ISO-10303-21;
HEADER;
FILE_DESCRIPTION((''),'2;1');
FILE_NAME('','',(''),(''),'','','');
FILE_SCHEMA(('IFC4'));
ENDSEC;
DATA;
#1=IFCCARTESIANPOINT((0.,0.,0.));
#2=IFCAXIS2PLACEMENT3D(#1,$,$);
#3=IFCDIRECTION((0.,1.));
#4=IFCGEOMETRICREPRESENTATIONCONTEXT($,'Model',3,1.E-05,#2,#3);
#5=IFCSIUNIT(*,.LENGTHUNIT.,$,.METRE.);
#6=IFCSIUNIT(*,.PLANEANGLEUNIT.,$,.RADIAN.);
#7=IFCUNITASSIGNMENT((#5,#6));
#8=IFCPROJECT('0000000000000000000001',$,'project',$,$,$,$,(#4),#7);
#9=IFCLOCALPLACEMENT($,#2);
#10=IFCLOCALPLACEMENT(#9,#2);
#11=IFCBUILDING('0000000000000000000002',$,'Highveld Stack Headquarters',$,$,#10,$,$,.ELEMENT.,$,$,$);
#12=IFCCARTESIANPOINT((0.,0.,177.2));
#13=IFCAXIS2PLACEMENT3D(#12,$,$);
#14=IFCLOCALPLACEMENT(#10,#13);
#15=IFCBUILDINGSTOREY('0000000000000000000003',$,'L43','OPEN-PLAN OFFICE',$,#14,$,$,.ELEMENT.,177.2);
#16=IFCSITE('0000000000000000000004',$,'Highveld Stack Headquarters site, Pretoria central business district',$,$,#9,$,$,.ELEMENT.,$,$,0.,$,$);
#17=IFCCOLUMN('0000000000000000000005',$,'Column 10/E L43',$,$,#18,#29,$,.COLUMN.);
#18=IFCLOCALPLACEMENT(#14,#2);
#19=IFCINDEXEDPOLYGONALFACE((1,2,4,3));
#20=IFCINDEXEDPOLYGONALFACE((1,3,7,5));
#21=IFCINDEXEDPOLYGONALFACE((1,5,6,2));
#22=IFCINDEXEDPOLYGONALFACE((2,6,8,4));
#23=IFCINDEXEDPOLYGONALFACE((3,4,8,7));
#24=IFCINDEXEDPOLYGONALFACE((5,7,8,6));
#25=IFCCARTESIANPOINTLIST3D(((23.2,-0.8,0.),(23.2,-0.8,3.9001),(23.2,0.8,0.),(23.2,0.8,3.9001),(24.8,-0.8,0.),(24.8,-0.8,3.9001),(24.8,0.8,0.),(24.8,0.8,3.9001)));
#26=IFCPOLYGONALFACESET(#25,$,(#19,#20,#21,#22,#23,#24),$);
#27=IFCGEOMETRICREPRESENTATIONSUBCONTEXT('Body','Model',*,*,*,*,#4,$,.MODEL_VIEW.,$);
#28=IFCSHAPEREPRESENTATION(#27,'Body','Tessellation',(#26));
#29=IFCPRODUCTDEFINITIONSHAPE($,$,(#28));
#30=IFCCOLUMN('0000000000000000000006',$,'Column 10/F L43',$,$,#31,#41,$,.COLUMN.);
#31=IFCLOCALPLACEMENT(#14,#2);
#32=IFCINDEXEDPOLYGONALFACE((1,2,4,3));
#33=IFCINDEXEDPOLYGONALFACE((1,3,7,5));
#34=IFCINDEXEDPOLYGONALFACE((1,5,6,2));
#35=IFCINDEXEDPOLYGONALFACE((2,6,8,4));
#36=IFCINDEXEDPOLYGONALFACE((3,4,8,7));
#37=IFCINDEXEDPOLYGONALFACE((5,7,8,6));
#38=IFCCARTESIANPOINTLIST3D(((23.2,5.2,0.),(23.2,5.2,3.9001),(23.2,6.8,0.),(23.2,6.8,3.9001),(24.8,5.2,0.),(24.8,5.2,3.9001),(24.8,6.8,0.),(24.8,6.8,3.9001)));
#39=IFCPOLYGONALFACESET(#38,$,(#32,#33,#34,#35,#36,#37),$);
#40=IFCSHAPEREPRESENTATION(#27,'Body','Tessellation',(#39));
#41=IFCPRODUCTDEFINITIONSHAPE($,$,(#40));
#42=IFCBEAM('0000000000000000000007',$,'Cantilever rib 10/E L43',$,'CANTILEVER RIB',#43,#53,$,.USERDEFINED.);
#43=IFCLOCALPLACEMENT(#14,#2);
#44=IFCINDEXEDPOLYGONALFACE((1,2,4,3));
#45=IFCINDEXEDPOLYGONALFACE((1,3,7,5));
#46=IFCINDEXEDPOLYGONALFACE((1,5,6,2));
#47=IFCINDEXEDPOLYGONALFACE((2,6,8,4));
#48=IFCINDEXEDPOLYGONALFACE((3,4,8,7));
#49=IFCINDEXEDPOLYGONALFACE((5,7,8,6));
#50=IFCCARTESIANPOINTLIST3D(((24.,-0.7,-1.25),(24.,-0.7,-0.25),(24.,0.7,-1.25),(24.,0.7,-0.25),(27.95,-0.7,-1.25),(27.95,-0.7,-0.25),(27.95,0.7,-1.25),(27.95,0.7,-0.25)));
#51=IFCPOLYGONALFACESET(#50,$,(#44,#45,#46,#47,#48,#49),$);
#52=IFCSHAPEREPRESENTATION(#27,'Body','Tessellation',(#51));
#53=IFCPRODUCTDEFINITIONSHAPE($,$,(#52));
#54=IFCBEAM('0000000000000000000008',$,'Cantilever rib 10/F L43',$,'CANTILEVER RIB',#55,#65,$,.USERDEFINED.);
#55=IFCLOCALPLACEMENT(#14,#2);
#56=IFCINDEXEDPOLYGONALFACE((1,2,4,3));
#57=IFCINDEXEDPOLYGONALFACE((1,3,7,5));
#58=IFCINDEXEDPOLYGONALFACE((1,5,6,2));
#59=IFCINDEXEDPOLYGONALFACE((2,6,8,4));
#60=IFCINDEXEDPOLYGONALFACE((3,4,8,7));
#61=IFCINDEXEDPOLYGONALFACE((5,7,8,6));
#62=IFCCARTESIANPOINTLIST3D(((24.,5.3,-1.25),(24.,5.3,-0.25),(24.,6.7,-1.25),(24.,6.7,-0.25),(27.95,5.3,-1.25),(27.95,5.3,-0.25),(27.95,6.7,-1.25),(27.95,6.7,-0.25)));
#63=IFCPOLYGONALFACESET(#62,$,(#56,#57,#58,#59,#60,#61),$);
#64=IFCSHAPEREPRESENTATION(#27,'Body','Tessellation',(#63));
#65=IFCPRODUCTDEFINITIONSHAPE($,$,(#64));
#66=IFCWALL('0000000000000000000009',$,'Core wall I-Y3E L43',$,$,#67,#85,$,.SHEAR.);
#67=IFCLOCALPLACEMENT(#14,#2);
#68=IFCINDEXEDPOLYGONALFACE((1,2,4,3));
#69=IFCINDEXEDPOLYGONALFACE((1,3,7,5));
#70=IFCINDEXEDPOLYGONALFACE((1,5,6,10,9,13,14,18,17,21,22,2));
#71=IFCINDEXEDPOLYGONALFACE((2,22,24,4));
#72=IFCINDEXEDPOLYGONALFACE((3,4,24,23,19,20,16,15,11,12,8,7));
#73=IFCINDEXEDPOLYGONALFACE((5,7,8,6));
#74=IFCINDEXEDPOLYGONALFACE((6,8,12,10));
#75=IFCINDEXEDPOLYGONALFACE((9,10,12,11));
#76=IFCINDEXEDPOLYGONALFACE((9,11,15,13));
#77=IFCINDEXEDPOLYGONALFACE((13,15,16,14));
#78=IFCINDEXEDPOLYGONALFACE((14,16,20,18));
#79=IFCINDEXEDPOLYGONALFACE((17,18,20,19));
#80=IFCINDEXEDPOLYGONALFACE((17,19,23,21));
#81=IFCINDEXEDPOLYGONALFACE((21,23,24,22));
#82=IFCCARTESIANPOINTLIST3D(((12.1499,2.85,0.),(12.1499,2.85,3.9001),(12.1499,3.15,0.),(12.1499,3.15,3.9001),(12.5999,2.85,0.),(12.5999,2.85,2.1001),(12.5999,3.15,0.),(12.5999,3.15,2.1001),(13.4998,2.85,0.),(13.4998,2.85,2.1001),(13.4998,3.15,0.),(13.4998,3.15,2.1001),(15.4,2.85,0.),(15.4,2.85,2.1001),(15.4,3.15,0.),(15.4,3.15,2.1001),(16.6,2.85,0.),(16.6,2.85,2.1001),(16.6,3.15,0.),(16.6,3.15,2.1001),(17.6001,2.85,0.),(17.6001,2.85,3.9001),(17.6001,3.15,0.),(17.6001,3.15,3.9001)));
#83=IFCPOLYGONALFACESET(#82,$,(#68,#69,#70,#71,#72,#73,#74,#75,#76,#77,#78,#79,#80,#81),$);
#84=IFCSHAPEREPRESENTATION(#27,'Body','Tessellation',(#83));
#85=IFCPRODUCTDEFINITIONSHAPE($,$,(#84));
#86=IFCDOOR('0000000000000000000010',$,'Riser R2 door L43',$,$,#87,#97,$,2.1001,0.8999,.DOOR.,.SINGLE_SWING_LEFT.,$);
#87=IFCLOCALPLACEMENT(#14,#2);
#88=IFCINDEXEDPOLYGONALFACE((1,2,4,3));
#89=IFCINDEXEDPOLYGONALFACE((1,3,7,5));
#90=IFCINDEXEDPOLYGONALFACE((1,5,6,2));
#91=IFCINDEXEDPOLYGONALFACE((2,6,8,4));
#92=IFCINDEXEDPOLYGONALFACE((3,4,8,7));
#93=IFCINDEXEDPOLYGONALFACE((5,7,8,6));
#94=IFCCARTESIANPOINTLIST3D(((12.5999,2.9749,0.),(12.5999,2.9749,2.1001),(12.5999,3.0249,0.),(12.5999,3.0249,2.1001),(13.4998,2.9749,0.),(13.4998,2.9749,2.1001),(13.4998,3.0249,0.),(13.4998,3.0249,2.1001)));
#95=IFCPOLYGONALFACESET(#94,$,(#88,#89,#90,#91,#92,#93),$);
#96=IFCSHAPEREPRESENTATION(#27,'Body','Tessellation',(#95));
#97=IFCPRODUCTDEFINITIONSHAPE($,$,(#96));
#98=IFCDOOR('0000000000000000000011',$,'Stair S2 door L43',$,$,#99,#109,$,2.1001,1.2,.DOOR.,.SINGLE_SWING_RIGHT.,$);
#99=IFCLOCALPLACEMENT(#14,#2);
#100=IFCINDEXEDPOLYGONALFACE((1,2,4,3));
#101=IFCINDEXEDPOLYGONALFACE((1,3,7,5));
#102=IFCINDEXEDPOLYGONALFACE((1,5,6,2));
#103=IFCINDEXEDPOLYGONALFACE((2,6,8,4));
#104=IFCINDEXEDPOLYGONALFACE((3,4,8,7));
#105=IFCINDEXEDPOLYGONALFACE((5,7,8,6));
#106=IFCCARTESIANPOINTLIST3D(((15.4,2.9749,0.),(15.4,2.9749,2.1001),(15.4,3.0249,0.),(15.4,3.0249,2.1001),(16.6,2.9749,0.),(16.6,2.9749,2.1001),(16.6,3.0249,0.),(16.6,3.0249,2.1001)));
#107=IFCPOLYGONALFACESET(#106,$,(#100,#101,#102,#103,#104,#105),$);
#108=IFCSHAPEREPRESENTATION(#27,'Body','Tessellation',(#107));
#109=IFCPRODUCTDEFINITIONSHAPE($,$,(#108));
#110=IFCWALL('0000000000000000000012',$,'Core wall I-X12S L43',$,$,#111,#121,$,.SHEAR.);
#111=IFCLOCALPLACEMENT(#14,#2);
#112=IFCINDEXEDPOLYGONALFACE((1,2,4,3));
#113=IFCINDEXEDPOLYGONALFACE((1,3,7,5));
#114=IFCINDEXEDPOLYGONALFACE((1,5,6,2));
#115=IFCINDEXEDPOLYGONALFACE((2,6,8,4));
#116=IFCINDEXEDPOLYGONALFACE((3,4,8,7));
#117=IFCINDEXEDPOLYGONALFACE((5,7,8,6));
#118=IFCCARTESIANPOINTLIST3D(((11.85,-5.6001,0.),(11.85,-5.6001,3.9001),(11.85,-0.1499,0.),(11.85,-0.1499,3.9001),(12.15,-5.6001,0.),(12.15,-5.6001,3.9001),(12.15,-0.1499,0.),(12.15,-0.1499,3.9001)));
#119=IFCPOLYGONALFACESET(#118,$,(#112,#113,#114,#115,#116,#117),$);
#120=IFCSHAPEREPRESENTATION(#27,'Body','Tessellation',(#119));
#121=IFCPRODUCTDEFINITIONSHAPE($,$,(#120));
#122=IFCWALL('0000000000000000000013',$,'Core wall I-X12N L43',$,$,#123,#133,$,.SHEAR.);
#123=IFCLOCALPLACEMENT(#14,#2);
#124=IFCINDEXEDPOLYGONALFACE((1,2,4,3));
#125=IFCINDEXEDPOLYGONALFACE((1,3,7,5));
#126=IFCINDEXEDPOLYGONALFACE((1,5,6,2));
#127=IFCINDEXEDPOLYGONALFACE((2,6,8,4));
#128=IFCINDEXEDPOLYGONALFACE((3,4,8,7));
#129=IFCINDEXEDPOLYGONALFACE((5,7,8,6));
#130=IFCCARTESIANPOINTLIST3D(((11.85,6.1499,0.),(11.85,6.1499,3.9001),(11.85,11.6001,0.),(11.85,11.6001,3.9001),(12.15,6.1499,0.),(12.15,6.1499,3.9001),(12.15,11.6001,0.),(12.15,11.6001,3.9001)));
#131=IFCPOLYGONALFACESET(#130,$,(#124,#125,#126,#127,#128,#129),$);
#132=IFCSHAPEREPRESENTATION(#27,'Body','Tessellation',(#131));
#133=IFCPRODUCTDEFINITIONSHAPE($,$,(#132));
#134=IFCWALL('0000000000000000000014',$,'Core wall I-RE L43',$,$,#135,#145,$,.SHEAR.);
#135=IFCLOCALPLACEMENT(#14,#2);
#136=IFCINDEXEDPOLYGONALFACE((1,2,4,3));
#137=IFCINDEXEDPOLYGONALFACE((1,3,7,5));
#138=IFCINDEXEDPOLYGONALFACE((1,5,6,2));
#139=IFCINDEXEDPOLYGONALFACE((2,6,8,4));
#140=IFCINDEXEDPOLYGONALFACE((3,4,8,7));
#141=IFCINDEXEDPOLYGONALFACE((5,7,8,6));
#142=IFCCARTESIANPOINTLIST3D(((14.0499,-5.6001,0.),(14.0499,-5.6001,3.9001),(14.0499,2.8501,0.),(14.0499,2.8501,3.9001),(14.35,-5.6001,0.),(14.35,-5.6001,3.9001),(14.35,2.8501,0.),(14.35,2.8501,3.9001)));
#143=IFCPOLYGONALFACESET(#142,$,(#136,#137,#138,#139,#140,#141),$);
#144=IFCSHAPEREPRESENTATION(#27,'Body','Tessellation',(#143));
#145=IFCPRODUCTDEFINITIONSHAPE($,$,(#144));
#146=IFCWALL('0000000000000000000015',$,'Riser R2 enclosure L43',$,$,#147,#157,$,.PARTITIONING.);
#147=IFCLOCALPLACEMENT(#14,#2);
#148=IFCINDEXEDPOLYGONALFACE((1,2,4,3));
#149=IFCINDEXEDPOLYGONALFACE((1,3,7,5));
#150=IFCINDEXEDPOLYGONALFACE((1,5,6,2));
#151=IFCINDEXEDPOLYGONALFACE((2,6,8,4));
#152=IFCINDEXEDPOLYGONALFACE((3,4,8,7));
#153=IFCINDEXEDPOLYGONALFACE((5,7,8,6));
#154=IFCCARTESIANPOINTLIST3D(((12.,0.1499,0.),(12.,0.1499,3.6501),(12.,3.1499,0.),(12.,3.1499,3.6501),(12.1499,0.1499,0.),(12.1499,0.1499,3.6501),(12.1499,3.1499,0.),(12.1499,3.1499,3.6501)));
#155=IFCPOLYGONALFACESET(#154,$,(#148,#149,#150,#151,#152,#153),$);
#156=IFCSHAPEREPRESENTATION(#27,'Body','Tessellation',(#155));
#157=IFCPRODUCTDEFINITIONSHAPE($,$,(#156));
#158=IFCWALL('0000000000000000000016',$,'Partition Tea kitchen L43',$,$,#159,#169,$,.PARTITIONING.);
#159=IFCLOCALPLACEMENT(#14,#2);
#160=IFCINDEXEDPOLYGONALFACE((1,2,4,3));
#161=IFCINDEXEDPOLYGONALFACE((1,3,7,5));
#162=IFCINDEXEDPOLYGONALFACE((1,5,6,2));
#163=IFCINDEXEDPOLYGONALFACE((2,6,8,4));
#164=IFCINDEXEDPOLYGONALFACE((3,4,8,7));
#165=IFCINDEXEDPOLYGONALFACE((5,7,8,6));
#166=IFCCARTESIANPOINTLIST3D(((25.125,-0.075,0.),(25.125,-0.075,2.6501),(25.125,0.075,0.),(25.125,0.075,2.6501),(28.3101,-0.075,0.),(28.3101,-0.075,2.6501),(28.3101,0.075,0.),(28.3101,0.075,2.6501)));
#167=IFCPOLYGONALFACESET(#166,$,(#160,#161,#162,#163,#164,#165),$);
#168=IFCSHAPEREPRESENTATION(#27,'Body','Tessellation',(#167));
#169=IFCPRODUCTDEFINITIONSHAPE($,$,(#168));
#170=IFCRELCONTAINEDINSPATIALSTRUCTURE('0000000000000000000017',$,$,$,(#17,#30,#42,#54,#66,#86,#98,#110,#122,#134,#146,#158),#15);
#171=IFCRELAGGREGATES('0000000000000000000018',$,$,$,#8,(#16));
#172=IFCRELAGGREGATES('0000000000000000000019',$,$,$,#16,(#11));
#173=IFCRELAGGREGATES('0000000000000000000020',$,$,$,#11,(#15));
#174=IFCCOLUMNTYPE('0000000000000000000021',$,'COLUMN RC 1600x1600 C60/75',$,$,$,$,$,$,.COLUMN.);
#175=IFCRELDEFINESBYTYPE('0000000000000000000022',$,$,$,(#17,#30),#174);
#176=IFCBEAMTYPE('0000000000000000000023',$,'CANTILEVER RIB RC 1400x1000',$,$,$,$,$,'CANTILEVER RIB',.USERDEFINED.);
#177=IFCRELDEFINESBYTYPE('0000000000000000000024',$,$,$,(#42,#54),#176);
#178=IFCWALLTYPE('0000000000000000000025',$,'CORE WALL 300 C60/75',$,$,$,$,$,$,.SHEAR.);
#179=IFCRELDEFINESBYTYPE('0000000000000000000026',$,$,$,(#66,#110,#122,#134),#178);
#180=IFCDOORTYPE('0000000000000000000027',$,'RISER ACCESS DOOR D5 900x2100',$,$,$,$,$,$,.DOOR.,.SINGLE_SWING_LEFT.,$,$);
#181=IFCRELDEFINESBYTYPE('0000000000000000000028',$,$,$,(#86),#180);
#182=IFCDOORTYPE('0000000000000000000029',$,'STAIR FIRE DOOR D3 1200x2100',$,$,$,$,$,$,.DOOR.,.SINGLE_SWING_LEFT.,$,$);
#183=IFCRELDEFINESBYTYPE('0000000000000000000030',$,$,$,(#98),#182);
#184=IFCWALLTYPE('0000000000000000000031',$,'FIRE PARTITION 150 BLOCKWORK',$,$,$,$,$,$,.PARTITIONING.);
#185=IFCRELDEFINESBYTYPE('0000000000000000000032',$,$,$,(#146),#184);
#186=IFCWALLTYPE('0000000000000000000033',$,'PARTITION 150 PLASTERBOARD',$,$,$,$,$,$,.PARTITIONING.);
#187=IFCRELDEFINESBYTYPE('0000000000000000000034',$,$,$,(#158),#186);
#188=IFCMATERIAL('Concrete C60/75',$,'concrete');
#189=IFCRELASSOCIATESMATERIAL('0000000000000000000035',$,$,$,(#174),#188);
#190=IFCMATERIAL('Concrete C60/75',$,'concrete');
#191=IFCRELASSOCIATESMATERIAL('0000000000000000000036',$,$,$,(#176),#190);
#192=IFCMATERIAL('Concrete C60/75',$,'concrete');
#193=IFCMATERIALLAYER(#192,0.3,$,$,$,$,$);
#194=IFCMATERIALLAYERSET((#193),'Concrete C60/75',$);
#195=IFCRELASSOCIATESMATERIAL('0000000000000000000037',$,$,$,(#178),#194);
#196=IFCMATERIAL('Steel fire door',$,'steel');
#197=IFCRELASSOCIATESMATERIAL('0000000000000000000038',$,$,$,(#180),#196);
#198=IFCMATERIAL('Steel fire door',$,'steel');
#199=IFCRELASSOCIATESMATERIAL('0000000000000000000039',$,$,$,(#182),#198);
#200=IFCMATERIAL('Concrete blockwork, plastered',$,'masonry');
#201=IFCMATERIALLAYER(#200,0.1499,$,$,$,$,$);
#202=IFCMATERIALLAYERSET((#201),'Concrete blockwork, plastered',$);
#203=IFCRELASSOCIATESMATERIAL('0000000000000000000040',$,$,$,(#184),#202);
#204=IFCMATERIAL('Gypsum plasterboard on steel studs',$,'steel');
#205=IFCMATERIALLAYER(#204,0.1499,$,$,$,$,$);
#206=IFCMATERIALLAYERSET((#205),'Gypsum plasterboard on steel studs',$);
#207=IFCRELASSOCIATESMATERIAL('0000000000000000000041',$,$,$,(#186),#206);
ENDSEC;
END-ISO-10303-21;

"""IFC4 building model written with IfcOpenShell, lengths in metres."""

from ifc_helpers import new_model, si_unit, direction, frame, frame_2d, origin, origin_2d, place, context, subcontext, project, spatial, rectangle, extrude, material, layer, layer_set, material_profile, profile_set, type_object, element, fill, save


model = new_model("IFC4")

# Units and contexts
model_context = context("Model", 3, precision=1e-05, world=origin(), true_north=direction((0.0, 1.0)))
body_context = subcontext(model_context, "Body", "Model", "MODEL_VIEW")
ifc_project = project(units=[si_unit("LENGTHUNIT", "METRE"), si_unit("PLANEANGLEUNIT", "RADIAN")], contexts=[model_context])

# Site, building, storey
site_placement = place(None, origin())
site = spatial("IfcSite", under=ifc_project, at=site_placement, Name="Highveld Stack Headquarters site, Pretoria central business district", CompositionType="ELEMENT", RefElevation=0.0)
building_placement = place(site_placement, origin())
building = spatial("IfcBuilding", under=site, at=building_placement, Name="Highveld Stack Headquarters", CompositionType="ELEMENT")
storey_placement = place(building_placement, frame((0.0, 0.0, 177.2)))
storey = spatial("IfcBuildingStorey", under=building, at=storey_placement, Name="L43", Description="OPEN-PLAN OFFICE", CompositionType="ELEMENT", Elevation=177.2)

# Columns
ifc_material_1 = material(Name="Concrete C60/75", Category="concrete")
ifc_material_profile_1 = material_profile(ifc_material_1, rectangle(XDim=1.6001, YDim=1.6001, at=origin_2d()), Name="RC 1600x1600")
ifc_profile_set_1 = profile_set([ifc_material_profile_1], Name="Concrete C60/75")
column_type = type_object("IfcColumnType", Name="COLUMN RC 1600x1600 C60/75", PredefinedType="COLUMN", material=ifc_profile_set_1)
for number, where, z_axis, x_axis, name in (
    (1, (24.0, 0.0, 0.0), (0.0, 0.0, 1.0), (1.0, 0.0, 0.0), "Column 10/E L43"),
    (2, (24.0, 6.0, 0.0), (0.0, 0.0, 1.0), (1.0, 0.0, 0.0), "Column 10/F L43"),
):
    element("IfcColumn", number, at=place(storey_placement, frame(where, z_axis=z_axis, x_axis=x_axis)), inside=storey, type_object=column_type, Name=name, PredefinedType="COLUMN", context=body_context, shape_type="SweptSolid", body=[
        extrude(rectangle(XDim=1.6001, YDim=1.6001, at=origin_2d()), origin(), (0.0, 0.0, 1.0), 3.9001),
    ])

# Beams
ifc_material_2 = material(Name="Concrete C60/75", Category="concrete")
ifc_material_profile_2 = material_profile(ifc_material_2, rectangle(XDim=1.3999, YDim=1.0, at=origin_2d()), Name="RC 1400x1000")
ifc_profile_set_2 = profile_set([ifc_material_profile_2], Name="Concrete C60/75")
beam_type = type_object("IfcBeamType", Name="CANTILEVER RIB RC 1400x1000", ElementType="CANTILEVER RIB", PredefinedType="USERDEFINED", material=ifc_profile_set_2)
for number, where, z_axis, x_axis, name in (
    (3, (24.0, 0.0, -0.75), (1.0, 0.0, 0.0), (0.0, 1.0, 0.0), "Cantilever rib 10/E L43"),
    (4, (24.0, 6.0, -0.75), (1.0, 0.0, 0.0), (0.0, 1.0, 0.0), "Cantilever rib 10/F L43"),
):
    element("IfcBeam", number, at=place(storey_placement, frame(where, z_axis=z_axis, x_axis=x_axis)), inside=storey, type_object=beam_type, Name=name, ObjectType="CANTILEVER RIB", PredefinedType="USERDEFINED", context=body_context, shape_type="SweptSolid", body=[
        extrude(rectangle(XDim=1.3999, YDim=1.0, at=origin_2d()), origin(), (0.0, 0.0, 1.0), 3.95),
    ])

# Wall, openings, doors
ifc_material_3 = material(Name="Concrete C60/75", Category="concrete")
ifc_layer_1 = layer(ifc_material_3, 0.3)
ifc_layer_set_1 = layer_set([ifc_layer_1], Name="Concrete C60/75")
wall_type_1 = type_object("IfcWallType", Name="CORE WALL 300 C60/75", PredefinedType="SHEAR", material=ifc_layer_set_1)
wall_1_placement = place(storey_placement, frame((12.1499, 3.0, 0.0), z_axis=(0.0, 0.0, 1.0), x_axis=(1.0, 0.0, 0.0)))
wall_1 = element("IfcWall", 5, at=wall_1_placement, inside=storey, type_object=wall_type_1, Name="Core wall I-Y3E L43", PredefinedType="SHEAR", context=body_context, shape_type="SweptSolid", body=[
    extrude(rectangle(XDim=5.4502, YDim=0.3, at=frame_2d((2.7251, 0.0))), origin(), (0.0, 0.0, 1.0), 3.9001),
])
opening_1_placement = place(wall_1_placement, frame((3.25, 0.0, 0.0)))
opening_1 = element("IfcOpeningElement", 6, at=opening_1_placement, cuts=wall_1, PredefinedType="OPENING", context=body_context, shape_type="SweptSolid", body=[
    extrude(rectangle(XDim=1.2, YDim=2.1001, at=frame_2d((0.6001, 1.05))), frame((0.0, 0.1599, 0.0), z_axis=(0.0, -1.0, 0.0), x_axis=(1.0, 0.0, 0.0)), (0.0, 0.0, 1.0), 0.3201),
])
opening_2_placement = place(wall_1_placement, frame((0.45, 0.0, 0.0)))
opening_2 = element("IfcOpeningElement", 7, at=opening_2_placement, cuts=wall_1, PredefinedType="OPENING", context=body_context, shape_type="SweptSolid", body=[
    extrude(rectangle(XDim=0.8999, YDim=2.1001, at=frame_2d((0.45, 1.05))), frame((0.0, 0.1599, 0.0), z_axis=(0.0, -1.0, 0.0), x_axis=(1.0, 0.0, 0.0)), (0.0, 0.0, 1.0), 0.3201),
])
ifc_material_4 = material(Name="Steel fire door", Category="steel")
door_type_1 = type_object("IfcDoorType", Name="RISER ACCESS DOOR D5 900x2100", OperationType="SINGLE_SWING_LEFT", PredefinedType="DOOR", material=ifc_material_4)
door_1_placement = place(opening_2_placement, origin())
door_1 = element("IfcDoor", 8, at=door_1_placement, inside=storey, type_object=door_type_1, Name="Riser R2 door L43", OperationType="SINGLE_SWING_LEFT", OverallHeight=2.1001, OverallWidth=0.8999, PredefinedType="DOOR", context=body_context, shape_type="SweptSolid", body=[
    extrude(rectangle(XDim=0.8999, YDim=2.1001, at=frame_2d((0.45, 1.05))), frame((0.0, 0.0249, 0.0), z_axis=(0.0, -1.0, 0.0), x_axis=(1.0, 0.0, 0.0)), (0.0, 0.0, 1.0), 0.05),
])
fill(opening_2, door_1)
ifc_material_5 = material(Name="Steel fire door", Category="steel")
door_type_2 = type_object("IfcDoorType", Name="STAIR FIRE DOOR D3 1200x2100", OperationType="SINGLE_SWING_LEFT", PredefinedType="DOOR", material=ifc_material_5)
door_2_placement = place(opening_1_placement, origin())
door_2 = element("IfcDoor", 9, at=door_2_placement, inside=storey, type_object=door_type_2, Name="Stair S2 door L43", OperationType="SINGLE_SWING_RIGHT", OverallHeight=2.1001, OverallWidth=1.2, PredefinedType="DOOR", context=body_context, shape_type="SweptSolid", body=[
    extrude(rectangle(XDim=1.2, YDim=2.1001, at=frame_2d((0.6001, 1.05))), frame((0.0, 0.0249, 0.0), z_axis=(0.0, -1.0, 0.0), x_axis=(1.0, 0.0, 0.0)), (0.0, 0.0, 1.0), 0.05),
])
fill(opening_1, door_2)

# Walls
for number, where, z_axis, x_axis, name in (
    (10, (12.0, -5.6001, 0.0), (0.0, 0.0, 1.0), (0.0, 1.0, 0.0), "Core wall I-X12S L43"),
    (11, (12.0, 6.1499, 0.0), (0.0, 0.0, 1.0), (0.0, 1.0, 0.0), "Core wall I-X12N L43"),
):
    element("IfcWall", number, at=place(storey_placement, frame(where, z_axis=z_axis, x_axis=x_axis)), inside=storey, type_object=wall_type_1, Name=name, PredefinedType="SHEAR", context=body_context, shape_type="SweptSolid", body=[
        extrude(rectangle(XDim=5.4502, YDim=0.3, at=frame_2d((2.7251, 0.0))), origin(), (0.0, 0.0, 1.0), 3.9001),
    ])
wall_2_placement = place(storey_placement, frame((14.2, -5.6001, 0.0), z_axis=(0.0, 0.0, 1.0), x_axis=(0.0, 1.0, 0.0)))
element("IfcWall", 12, at=wall_2_placement, inside=storey, type_object=wall_type_1, Name="Core wall I-RE L43", PredefinedType="SHEAR", context=body_context, shape_type="SweptSolid", body=[
    extrude(rectangle(XDim=8.4502, YDim=0.3, at=frame_2d((4.2251, 0.0))), origin(), (0.0, 0.0, 1.0), 3.9001),
])
ifc_material_6 = material(Name="Concrete blockwork, plastered", Category="masonry")
ifc_layer_2 = layer(ifc_material_6, 0.1499)
ifc_layer_set_2 = layer_set([ifc_layer_2], Name="Concrete blockwork, plastered")
wall_type_2 = type_object("IfcWallType", Name="FIRE PARTITION 150 BLOCKWORK", PredefinedType="PARTITIONING", material=ifc_layer_set_2)
wall_3_placement = place(storey_placement, frame((12.075, 0.1499, 0.0), z_axis=(0.0, 0.0, 1.0), x_axis=(0.0, 1.0, 0.0)))
element("IfcWall", 13, at=wall_3_placement, inside=storey, type_object=wall_type_2, Name="Riser R2 enclosure L43", PredefinedType="PARTITIONING", context=body_context, shape_type="SweptSolid", body=[
    extrude(rectangle(XDim=3.0, YDim=0.1499, at=frame_2d((1.5, 0.0))), origin(), (0.0, 0.0, 1.0), 3.6501),
])
ifc_material_7 = material(Name="Gypsum plasterboard on steel studs", Category="steel")
ifc_layer_3 = layer(ifc_material_7, 0.1499)
ifc_layer_set_3 = layer_set([ifc_layer_3], Name="Gypsum plasterboard on steel studs")
wall_type_3 = type_object("IfcWallType", Name="PARTITION 150 PLASTERBOARD", PredefinedType="PARTITIONING", material=ifc_layer_set_3)
wall_4_placement = place(storey_placement, frame((25.125, 0.0, 0.0), z_axis=(0.0, 0.0, 1.0), x_axis=(1.0, 0.0, 0.0)))
element("IfcWall", 14, at=wall_4_placement, inside=storey, type_object=wall_type_3, Name="Partition Tea kitchen L43", PredefinedType="PARTITIONING", context=body_context, shape_type="SweptSolid", body=[
    extrude(rectangle(XDim=3.1851, YDim=0.1499, at=frame_2d((1.5925, 0.0))), origin(), (0.0, 0.0, 1.0), 2.6501),
])

save(model, "model.ifc")
